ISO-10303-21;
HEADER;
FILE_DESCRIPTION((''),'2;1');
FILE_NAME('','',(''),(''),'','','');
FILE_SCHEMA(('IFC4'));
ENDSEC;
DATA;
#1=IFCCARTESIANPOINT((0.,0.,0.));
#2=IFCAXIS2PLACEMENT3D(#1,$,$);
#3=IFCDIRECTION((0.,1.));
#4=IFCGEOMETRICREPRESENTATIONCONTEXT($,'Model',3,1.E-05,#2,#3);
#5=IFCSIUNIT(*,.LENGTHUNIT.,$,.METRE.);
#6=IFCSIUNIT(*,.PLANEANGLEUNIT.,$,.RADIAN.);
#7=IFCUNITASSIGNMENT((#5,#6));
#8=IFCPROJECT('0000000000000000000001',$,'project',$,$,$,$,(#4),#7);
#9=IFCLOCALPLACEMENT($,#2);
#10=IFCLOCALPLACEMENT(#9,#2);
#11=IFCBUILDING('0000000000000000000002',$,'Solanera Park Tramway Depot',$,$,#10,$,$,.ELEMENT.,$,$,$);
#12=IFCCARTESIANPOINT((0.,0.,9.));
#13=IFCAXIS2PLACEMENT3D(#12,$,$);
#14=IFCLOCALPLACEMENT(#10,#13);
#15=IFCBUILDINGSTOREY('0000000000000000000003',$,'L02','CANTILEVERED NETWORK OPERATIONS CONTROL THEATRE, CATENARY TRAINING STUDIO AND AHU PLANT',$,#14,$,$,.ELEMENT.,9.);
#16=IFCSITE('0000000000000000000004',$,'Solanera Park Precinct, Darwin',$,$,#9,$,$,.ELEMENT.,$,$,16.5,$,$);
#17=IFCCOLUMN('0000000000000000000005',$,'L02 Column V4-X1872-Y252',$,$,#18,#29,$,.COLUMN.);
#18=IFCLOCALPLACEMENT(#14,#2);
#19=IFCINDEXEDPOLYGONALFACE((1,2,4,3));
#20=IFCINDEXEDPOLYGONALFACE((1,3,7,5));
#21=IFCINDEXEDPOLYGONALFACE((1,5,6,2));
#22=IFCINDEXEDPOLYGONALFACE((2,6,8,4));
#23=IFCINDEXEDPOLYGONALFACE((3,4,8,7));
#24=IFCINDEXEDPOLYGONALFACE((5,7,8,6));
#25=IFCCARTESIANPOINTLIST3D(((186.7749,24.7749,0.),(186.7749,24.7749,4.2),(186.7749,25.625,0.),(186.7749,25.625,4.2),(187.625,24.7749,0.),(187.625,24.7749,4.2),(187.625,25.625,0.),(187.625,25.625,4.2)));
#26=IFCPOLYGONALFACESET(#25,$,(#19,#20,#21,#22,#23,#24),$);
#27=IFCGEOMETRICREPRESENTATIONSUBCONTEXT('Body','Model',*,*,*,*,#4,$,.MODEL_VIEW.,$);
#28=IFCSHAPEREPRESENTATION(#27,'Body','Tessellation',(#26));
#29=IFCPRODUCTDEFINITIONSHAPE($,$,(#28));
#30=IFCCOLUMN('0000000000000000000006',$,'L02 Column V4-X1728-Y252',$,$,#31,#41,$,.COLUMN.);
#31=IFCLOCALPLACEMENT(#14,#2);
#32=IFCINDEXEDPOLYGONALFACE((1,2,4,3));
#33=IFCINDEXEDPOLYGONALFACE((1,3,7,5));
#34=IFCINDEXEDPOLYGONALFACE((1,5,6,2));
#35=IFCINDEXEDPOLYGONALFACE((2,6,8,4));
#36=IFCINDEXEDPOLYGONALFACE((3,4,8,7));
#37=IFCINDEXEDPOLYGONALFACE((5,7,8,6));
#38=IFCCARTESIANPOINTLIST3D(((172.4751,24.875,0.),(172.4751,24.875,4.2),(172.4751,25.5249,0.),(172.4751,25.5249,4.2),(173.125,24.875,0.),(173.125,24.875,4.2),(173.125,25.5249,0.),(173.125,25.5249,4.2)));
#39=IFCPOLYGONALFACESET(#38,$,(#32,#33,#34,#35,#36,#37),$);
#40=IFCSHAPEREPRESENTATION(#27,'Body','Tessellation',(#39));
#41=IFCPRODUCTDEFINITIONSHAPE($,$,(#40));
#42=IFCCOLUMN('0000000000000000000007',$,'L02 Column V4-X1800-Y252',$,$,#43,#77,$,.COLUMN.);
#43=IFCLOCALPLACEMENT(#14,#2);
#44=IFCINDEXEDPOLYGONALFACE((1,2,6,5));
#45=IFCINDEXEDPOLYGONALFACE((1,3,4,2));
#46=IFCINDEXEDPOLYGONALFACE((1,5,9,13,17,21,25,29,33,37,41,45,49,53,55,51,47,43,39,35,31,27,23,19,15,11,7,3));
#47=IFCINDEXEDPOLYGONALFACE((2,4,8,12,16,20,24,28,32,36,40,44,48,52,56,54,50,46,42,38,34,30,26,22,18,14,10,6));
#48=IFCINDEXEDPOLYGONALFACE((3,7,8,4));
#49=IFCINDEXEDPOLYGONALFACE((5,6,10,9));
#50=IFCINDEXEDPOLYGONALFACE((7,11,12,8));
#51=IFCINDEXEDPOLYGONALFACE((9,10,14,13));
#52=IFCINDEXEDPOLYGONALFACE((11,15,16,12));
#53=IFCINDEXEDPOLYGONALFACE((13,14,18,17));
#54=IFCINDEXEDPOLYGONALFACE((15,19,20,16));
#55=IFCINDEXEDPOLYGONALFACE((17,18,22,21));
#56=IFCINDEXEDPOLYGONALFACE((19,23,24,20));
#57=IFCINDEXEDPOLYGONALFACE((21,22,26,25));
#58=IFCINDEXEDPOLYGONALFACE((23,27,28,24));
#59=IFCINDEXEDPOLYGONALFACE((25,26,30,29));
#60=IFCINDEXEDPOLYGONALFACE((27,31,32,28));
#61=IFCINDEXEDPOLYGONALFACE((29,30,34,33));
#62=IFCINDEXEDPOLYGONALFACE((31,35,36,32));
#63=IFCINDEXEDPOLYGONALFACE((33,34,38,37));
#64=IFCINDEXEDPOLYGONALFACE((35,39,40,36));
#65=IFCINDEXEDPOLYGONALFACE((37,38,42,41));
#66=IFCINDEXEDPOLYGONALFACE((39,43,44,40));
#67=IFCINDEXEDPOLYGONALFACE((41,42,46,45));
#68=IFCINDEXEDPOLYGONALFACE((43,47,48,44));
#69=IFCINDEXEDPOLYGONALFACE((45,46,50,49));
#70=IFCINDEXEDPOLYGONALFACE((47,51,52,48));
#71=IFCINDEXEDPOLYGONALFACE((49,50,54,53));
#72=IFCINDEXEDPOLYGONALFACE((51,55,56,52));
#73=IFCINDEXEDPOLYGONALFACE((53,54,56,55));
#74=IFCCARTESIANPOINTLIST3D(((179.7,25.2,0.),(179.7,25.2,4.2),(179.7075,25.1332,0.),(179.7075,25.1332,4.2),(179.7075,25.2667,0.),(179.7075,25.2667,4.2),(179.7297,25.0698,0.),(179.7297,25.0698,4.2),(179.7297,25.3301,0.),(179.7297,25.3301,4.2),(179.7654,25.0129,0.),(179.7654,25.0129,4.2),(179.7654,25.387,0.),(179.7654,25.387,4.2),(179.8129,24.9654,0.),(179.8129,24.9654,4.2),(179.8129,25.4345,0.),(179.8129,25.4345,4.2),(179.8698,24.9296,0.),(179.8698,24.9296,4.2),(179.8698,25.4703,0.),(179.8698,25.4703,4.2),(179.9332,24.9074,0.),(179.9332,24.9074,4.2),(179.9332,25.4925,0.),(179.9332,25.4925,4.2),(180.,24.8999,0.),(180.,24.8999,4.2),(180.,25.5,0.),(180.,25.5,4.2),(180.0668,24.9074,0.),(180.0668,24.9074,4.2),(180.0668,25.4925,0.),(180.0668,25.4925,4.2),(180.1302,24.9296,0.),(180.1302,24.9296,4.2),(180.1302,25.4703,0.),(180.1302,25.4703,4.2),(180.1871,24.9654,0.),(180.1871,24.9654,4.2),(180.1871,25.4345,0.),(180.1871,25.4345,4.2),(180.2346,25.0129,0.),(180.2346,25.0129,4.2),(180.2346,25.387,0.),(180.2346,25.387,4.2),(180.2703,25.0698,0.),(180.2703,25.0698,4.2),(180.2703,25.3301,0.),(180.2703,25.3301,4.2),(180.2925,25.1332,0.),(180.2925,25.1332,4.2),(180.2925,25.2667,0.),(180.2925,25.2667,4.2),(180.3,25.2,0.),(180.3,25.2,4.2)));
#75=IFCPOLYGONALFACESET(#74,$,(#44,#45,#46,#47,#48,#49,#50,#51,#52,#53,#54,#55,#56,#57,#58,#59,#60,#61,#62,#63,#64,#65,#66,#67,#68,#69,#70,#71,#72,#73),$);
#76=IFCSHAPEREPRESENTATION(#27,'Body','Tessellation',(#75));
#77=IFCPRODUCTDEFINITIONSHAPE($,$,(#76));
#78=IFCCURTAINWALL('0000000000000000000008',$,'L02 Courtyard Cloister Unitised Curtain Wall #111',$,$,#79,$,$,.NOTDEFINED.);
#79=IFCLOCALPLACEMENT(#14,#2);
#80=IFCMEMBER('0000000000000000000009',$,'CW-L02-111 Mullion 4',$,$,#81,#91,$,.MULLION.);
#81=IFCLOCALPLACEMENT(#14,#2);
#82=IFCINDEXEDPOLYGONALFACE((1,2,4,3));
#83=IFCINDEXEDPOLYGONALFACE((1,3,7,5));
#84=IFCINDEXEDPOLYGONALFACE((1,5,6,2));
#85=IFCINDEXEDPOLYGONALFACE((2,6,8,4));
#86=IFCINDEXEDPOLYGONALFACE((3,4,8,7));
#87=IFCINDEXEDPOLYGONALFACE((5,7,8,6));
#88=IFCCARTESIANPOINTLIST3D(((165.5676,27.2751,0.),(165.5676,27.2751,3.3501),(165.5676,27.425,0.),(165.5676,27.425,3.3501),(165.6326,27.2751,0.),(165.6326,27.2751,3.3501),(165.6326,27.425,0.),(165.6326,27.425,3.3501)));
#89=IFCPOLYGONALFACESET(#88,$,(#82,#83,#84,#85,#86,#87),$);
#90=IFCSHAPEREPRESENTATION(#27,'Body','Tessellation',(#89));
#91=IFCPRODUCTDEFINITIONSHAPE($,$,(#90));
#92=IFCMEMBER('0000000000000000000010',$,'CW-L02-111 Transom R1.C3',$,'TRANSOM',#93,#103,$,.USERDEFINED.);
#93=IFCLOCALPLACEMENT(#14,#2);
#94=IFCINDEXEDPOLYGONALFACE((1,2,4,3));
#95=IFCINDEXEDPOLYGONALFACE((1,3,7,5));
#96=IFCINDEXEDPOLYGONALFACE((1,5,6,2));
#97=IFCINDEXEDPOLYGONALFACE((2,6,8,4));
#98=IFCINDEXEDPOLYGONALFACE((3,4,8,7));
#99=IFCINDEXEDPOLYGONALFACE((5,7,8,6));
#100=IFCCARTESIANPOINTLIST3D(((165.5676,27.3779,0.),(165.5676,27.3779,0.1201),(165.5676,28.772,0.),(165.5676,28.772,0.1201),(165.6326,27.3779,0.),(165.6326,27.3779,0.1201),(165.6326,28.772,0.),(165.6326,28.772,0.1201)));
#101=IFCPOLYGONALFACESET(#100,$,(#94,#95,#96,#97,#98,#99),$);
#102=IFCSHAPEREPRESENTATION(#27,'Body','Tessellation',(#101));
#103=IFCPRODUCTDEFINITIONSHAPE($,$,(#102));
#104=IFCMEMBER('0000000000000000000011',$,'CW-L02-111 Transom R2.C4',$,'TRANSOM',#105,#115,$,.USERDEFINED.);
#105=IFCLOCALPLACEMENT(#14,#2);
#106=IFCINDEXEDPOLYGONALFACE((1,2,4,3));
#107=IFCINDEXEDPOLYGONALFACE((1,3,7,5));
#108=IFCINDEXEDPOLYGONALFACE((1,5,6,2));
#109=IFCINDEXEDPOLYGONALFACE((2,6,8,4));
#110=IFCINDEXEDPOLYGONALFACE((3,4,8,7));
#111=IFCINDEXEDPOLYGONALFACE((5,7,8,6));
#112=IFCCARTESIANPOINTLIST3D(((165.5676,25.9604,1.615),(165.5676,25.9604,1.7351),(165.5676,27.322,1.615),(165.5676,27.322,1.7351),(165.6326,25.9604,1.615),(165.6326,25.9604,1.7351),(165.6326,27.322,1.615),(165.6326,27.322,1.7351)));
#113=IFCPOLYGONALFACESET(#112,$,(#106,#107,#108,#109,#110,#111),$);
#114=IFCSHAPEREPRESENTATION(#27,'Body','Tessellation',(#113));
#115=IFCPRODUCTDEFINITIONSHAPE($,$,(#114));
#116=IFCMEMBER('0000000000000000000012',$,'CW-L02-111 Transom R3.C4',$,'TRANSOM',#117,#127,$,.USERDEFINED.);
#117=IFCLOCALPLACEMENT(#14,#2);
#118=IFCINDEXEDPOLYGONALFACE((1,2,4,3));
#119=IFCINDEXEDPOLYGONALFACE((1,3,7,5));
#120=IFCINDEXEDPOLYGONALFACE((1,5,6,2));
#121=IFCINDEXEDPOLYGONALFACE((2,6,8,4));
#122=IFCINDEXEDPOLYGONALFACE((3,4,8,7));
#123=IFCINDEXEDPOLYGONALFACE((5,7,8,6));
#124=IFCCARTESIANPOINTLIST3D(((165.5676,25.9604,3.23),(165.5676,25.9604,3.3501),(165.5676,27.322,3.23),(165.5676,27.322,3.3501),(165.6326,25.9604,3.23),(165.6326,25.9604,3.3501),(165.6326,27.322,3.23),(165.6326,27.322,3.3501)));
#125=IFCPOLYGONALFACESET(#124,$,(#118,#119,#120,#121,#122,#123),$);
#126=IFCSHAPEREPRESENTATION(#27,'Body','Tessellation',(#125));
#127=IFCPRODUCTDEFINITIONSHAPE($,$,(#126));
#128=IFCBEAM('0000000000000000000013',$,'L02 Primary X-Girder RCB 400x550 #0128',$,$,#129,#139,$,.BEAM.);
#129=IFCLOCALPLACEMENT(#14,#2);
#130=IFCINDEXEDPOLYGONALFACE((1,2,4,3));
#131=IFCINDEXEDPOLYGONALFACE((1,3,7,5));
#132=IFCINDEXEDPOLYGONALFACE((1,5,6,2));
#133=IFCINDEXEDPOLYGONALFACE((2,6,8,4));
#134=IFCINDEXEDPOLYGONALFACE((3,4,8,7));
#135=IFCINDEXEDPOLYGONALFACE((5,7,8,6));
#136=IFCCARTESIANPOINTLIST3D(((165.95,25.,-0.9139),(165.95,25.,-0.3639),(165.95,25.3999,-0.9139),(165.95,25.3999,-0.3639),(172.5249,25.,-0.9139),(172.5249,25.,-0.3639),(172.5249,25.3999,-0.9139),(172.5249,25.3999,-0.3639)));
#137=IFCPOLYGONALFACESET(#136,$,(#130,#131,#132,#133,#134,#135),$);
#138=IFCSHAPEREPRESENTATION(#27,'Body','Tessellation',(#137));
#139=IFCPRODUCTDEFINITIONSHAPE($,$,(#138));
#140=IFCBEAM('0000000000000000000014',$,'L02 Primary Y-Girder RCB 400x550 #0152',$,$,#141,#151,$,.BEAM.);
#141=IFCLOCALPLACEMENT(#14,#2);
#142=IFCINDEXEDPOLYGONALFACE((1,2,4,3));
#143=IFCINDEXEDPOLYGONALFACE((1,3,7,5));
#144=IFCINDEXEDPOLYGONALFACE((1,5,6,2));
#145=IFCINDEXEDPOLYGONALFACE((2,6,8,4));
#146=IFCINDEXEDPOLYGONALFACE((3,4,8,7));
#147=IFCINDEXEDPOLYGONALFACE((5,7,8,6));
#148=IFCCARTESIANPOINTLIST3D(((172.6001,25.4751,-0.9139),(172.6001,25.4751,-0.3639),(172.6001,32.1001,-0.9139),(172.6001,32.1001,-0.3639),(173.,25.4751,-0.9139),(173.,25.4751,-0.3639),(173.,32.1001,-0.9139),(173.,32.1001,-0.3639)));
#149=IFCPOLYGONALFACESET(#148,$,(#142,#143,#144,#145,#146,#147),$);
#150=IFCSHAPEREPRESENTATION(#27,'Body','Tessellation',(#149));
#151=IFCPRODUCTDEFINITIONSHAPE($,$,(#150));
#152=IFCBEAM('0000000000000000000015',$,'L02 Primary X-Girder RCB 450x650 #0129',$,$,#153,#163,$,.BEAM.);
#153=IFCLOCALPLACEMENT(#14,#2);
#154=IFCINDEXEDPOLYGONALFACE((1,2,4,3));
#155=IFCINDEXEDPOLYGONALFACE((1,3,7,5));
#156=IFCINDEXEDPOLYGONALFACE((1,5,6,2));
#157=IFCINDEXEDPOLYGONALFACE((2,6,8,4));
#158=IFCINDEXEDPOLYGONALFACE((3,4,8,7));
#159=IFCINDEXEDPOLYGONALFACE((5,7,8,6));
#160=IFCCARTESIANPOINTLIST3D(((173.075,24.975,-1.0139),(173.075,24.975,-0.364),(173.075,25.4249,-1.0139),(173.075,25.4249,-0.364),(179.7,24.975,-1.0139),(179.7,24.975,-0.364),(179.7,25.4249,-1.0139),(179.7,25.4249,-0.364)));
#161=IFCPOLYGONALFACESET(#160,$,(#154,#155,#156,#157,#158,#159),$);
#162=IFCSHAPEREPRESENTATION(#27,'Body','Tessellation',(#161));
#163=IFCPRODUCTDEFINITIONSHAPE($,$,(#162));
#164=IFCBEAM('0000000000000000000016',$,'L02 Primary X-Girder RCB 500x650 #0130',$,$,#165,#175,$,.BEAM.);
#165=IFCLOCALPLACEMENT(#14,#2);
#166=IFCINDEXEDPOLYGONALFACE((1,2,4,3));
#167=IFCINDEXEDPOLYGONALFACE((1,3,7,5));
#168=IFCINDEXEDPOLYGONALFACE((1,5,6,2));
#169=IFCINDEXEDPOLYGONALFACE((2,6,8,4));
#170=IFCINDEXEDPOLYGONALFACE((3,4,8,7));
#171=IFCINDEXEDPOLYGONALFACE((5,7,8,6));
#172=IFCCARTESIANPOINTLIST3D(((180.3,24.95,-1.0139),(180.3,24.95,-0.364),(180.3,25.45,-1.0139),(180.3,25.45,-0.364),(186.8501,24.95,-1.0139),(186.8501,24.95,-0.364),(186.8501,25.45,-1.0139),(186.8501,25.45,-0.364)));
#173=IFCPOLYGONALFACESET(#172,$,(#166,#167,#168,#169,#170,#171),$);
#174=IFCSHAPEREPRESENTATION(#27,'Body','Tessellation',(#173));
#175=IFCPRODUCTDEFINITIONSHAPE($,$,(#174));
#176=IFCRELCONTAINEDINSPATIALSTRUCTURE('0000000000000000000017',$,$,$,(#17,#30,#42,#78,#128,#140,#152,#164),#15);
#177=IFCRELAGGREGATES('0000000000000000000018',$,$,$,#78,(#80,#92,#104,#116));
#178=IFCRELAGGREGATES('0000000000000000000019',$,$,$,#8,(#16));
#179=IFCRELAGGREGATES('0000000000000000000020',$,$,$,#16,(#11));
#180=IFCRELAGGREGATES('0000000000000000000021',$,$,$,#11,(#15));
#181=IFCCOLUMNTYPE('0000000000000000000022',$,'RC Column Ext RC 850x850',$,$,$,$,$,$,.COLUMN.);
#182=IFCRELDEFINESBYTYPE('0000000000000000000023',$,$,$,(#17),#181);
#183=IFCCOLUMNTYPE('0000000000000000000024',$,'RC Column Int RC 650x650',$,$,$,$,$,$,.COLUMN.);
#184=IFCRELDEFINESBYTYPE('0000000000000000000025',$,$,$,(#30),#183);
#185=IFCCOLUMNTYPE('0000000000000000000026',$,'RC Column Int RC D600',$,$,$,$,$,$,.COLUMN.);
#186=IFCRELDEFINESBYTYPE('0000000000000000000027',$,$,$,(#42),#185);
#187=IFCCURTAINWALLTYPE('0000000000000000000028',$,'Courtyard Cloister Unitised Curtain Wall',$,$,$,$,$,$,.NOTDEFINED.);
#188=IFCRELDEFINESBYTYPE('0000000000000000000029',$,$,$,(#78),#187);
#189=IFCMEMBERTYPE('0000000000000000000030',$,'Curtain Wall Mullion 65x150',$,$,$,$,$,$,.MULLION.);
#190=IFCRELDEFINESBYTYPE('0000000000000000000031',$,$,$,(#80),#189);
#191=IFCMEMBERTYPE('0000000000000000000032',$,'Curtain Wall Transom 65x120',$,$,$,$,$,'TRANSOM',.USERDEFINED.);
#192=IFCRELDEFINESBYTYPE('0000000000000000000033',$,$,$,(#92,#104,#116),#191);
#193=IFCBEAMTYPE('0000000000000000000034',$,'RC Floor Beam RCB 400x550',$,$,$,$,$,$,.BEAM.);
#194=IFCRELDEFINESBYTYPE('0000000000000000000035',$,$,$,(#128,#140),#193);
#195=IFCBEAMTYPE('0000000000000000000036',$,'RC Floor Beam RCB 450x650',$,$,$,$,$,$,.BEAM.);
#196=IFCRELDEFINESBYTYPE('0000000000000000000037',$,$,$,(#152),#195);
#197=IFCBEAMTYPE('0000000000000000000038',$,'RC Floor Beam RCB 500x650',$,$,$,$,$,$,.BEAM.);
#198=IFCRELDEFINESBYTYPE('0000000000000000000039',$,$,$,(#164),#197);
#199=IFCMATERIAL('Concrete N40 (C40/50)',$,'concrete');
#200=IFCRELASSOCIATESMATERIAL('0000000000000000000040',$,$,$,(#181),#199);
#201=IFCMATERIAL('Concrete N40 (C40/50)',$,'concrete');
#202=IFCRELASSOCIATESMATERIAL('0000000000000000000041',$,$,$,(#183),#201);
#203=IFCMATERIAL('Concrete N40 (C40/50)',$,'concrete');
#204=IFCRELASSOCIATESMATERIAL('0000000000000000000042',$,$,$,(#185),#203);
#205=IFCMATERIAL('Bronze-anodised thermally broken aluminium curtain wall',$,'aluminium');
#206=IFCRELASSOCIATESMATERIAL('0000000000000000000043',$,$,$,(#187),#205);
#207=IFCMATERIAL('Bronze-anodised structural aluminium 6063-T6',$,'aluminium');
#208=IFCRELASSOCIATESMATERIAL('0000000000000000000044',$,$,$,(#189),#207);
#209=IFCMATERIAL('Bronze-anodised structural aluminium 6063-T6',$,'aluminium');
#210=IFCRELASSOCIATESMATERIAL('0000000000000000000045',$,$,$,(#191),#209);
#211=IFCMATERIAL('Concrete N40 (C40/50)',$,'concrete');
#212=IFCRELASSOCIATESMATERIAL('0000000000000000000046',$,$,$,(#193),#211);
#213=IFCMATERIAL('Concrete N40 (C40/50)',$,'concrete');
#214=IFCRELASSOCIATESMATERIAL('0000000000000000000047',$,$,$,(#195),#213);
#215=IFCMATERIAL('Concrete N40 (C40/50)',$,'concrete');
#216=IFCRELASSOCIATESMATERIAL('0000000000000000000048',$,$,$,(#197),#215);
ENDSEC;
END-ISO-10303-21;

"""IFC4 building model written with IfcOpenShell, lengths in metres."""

from ifc_helpers import new_model, si_unit, direction, frame, origin, origin_2d, place, context, subcontext, project, spatial, rectangle, circle, extrude, material, material_profile, profile_set, type_object, element, aggregate, save


model = new_model("IFC4")

# Units and contexts
model_context = context("Model", 3, precision=1e-05, world=origin(), true_north=direction((0.0, 1.0)))
body_context = subcontext(model_context, "Body", "Model", "MODEL_VIEW")
ifc_project = project(units=[si_unit("LENGTHUNIT", "METRE"), si_unit("PLANEANGLEUNIT", "RADIAN")], contexts=[model_context])

# Site, building, storey
site_placement = place(None, origin())
site = spatial("IfcSite", under=ifc_project, at=site_placement, Name="Solanera Park Precinct, Darwin", CompositionType="ELEMENT", RefElevation=16.5)
building_placement = place(site_placement, origin())
building = spatial("IfcBuilding", under=site, at=building_placement, Name="Solanera Park Tramway Depot", CompositionType="ELEMENT")
storey_placement = place(building_placement, frame((0.0, 0.0, 9.0)))
storey = spatial("IfcBuildingStorey", under=building, at=storey_placement, Name="L02", Description="CANTILEVERED NETWORK OPERATIONS CONTROL THEATRE, CATENARY TRAINING STUDIO AND AHU PLANT", CompositionType="ELEMENT", Elevation=9.0)

# Columns
ifc_material_1 = material(Name="Concrete N40 (C40/50)", Category="concrete")
ifc_material_profile_1 = material_profile(ifc_material_1, rectangle(XDim=0.8501, YDim=0.8501, at=origin_2d()), Name="RC 850x850")
ifc_profile_set_1 = profile_set([ifc_material_profile_1], Name="Concrete N40 (C40/50)")
column_type_1 = type_object("IfcColumnType", Name="RC Column Ext RC 850x850", PredefinedType="COLUMN", material=ifc_profile_set_1)
column_1_placement = place(storey_placement, frame((187.2, 25.2, 0.0), z_axis=(0.0, 0.0, 1.0), x_axis=(1.0, 0.0, 0.0)))
element("IfcColumn", 1, at=column_1_placement, inside=storey, type_object=column_type_1, Name="L02 Column V4-X1872-Y252", PredefinedType="COLUMN", context=body_context, shape_type="SweptSolid", body=[
    extrude(rectangle(XDim=0.8501, YDim=0.8501, at=origin_2d()), origin(), (0.0, 0.0, 1.0), 4.2),
])
ifc_material_2 = material(Name="Concrete N40 (C40/50)", Category="concrete")
ifc_material_profile_2 = material_profile(ifc_material_2, rectangle(XDim=0.6499, YDim=0.6499, at=origin_2d()), Name="RC 650x650")
ifc_profile_set_2 = profile_set([ifc_material_profile_2], Name="Concrete N40 (C40/50)")
column_type_2 = type_object("IfcColumnType", Name="RC Column Int RC 650x650", PredefinedType="COLUMN", material=ifc_profile_set_2)
column_2_placement = place(storey_placement, frame((172.8, 25.2, 0.0), z_axis=(0.0, 0.0, 1.0), x_axis=(1.0, 0.0, 0.0)))
element("IfcColumn", 2, at=column_2_placement, inside=storey, type_object=column_type_2, Name="L02 Column V4-X1728-Y252", PredefinedType="COLUMN", context=body_context, shape_type="SweptSolid", body=[
    extrude(rectangle(XDim=0.6499, YDim=0.6499, at=origin_2d()), origin(), (0.0, 0.0, 1.0), 4.2),
])
ifc_material_3 = material(Name="Concrete N40 (C40/50)", Category="concrete")
ifc_material_profile_3 = material_profile(ifc_material_3, circle(Radius=0.3, at=origin_2d()), Name="RC D600")
ifc_profile_set_3 = profile_set([ifc_material_profile_3], Name="Concrete N40 (C40/50)")
column_type_3 = type_object("IfcColumnType", Name="RC Column Int RC D600", PredefinedType="COLUMN", material=ifc_profile_set_3)
column_3_placement = place(storey_placement, frame((180.0, 25.2, 0.0), z_axis=(0.0, 0.0, 1.0), x_axis=(1.0, 0.0, 0.0)))
element("IfcColumn", 3, at=column_3_placement, inside=storey, type_object=column_type_3, Name="L02 Column V4-X1800-Y252", PredefinedType="COLUMN", context=body_context, shape_type="SweptSolid", body=[
    extrude(circle(Radius=0.3, at=origin_2d()), origin(), (0.0, 0.0, 1.0), 4.2),
])

# Curtain wall, members
ifc_material_4 = material(Name="Bronze-anodised thermally broken aluminium curtain wall", Category="aluminium")
curtain_wall_type = type_object("IfcCurtainWallType", Name="Courtyard Cloister Unitised Curtain Wall", PredefinedType="NOTDEFINED", material=ifc_material_4)
curtain_wall_placement = place(storey_placement, origin())
curtain_wall = element("IfcCurtainWall", 4, at=curtain_wall_placement, inside=storey, type_object=curtain_wall_type, Name="L02 Courtyard Cloister Unitised Curtain Wall #111", PredefinedType="NOTDEFINED")
ifc_material_5 = material(Name="Bronze-anodised structural aluminium 6063-T6", Category="aluminium")
ifc_material_profile_4 = material_profile(ifc_material_5, rectangle(XDim=0.0649, YDim=0.1499, at=origin_2d()), Name="Curtain Wall Mullion 65x150")
ifc_profile_set_4 = profile_set([ifc_material_profile_4], Name="Bronze-anodised structural aluminium 6063-T6")
member_type_1 = type_object("IfcMemberType", Name="Curtain Wall Mullion 65x150", PredefinedType="MULLION", material=ifc_profile_set_4)
member_1_placement = place(storey_placement, frame((165.6001, 27.3501, 0.0), z_axis=(0.0, 0.0, 1.0), x_axis=(1.0, 0.0, 0.0)))
member_1 = element("IfcMember", 5, at=member_1_placement, type_object=member_type_1, Name="CW-L02-111 Mullion 4", PredefinedType="MULLION", context=body_context, shape_type="SweptSolid", body=[
    extrude(rectangle(XDim=0.0649, YDim=0.1499, at=origin_2d()), origin(), (0.0, 0.0, 1.0), 3.3501),
])
ifc_material_6 = material(Name="Bronze-anodised structural aluminium 6063-T6", Category="aluminium")
ifc_material_profile_5 = material_profile(ifc_material_6, rectangle(XDim=0.0649, YDim=0.1201, at=origin_2d()), Name="Curtain Wall Transom 65x120")
ifc_profile_set_5 = profile_set([ifc_material_profile_5], Name="Bronze-anodised structural aluminium 6063-T6")
member_type_2 = type_object("IfcMemberType", Name="Curtain Wall Transom 65x120", ElementType="TRANSOM", PredefinedType="USERDEFINED", material=ifc_profile_set_5)
member_2_placement = place(storey_placement, frame((165.6001, 28.772, 0.0601), z_axis=(0.0, -1.0, 0.0), x_axis=(1.0, 0.0, 0.0)))
member_2 = element("IfcMember", 6, at=member_2_placement, type_object=member_type_2, Name="CW-L02-111 Transom R1.C3", ObjectType="TRANSOM", PredefinedType="USERDEFINED", context=body_context, shape_type="SweptSolid", body=[
    extrude(rectangle(XDim=0.0649, YDim=0.1201, at=origin_2d()), origin(), (0.0, 0.0, 1.0), 1.394),
])
member_3_placement = place(storey_placement, frame((165.6001, 27.322, 1.675), z_axis=(0.0, -1.0, 0.0), x_axis=(1.0, 0.0, 0.0)))
member_3 = element("IfcMember", 7, at=member_3_placement, type_object=member_type_2, Name="CW-L02-111 Transom R2.C4", ObjectType="TRANSOM", PredefinedType="USERDEFINED", context=body_context, shape_type="SweptSolid", body=[
    extrude(rectangle(XDim=0.0649, YDim=0.1201, at=origin_2d()), origin(), (0.0, 0.0, 1.0), 1.3616),
])
member_4_placement = place(storey_placement, frame((165.6001, 27.322, 3.29), z_axis=(0.0, -1.0, 0.0), x_axis=(1.0, 0.0, 0.0)))
member_4 = element("IfcMember", 8, at=member_4_placement, type_object=member_type_2, Name="CW-L02-111 Transom R3.C4", ObjectType="TRANSOM", PredefinedType="USERDEFINED", context=body_context, shape_type="SweptSolid", body=[
    extrude(rectangle(XDim=0.0649, YDim=0.1201, at=origin_2d()), origin(), (0.0, 0.0, 1.0), 1.3616),
])

# Beams
ifc_material_7 = material(Name="Concrete N40 (C40/50)", Category="concrete")
ifc_material_profile_6 = material_profile(ifc_material_7, rectangle(XDim=0.3999, YDim=0.55, at=origin_2d()), Name="RCB 400x550")
ifc_profile_set_6 = profile_set([ifc_material_profile_6], Name="Concrete N40 (C40/50)")
beam_type_1 = type_object("IfcBeamType", Name="RC Floor Beam RCB 400x550", PredefinedType="BEAM", material=ifc_profile_set_6)
beam_1_placement = place(storey_placement, frame((165.95, 25.2, -0.6389), z_axis=(1.0, 0.0, 0.0), x_axis=(0.0, 1.0, 0.0)))
element("IfcBeam", 9, at=beam_1_placement, inside=storey, type_object=beam_type_1, Name="L02 Primary X-Girder RCB 400x550 #0128", PredefinedType="BEAM", context=body_context, shape_type="SweptSolid", body=[
    extrude(rectangle(XDim=0.3999, YDim=0.55, at=origin_2d()), origin(), (0.0, 0.0, 1.0), 6.575),
])
beam_2_placement = place(storey_placement, frame((172.8, 25.4751, -0.6389), z_axis=(0.0, 1.0, 0.0), x_axis=(-1.0, 0.0, 0.0)))
element("IfcBeam", 10, at=beam_2_placement, inside=storey, type_object=beam_type_1, Name="L02 Primary Y-Girder RCB 400x550 #0152", PredefinedType="BEAM", context=body_context, shape_type="SweptSolid", body=[
    extrude(rectangle(XDim=0.3999, YDim=0.55, at=origin_2d()), origin(), (0.0, 0.0, 1.0), 6.625),
])
ifc_material_8 = material(Name="Concrete N40 (C40/50)", Category="concrete")
ifc_material_profile_7 = material_profile(ifc_material_8, rectangle(XDim=0.45, YDim=0.6499, at=origin_2d()), Name="RCB 450x650")
ifc_profile_set_7 = profile_set([ifc_material_profile_7], Name="Concrete N40 (C40/50)")
beam_type_2 = type_object("IfcBeamType", Name="RC Floor Beam RCB 450x650", PredefinedType="BEAM", material=ifc_profile_set_7)
beam_3_placement = place(storey_placement, frame((173.075, 25.2, -0.689), z_axis=(1.0, 0.0, 0.0), x_axis=(0.0, 1.0, 0.0)))
element("IfcBeam", 11, at=beam_3_placement, inside=storey, type_object=beam_type_2, Name="L02 Primary X-Girder RCB 450x650 #0129", PredefinedType="BEAM", context=body_context, shape_type="SweptSolid", body=[
    extrude(rectangle(XDim=0.45, YDim=0.6499, at=origin_2d()), origin(), (0.0, 0.0, 1.0), 6.625),
])
ifc_material_9 = material(Name="Concrete N40 (C40/50)", Category="concrete")
ifc_material_profile_8 = material_profile(ifc_material_9, rectangle(XDim=0.5, YDim=0.6499, at=origin_2d()), Name="RCB 500x650")
ifc_profile_set_8 = profile_set([ifc_material_profile_8], Name="Concrete N40 (C40/50)")
beam_type_3 = type_object("IfcBeamType", Name="RC Floor Beam RCB 500x650", PredefinedType="BEAM", material=ifc_profile_set_8)
beam_4_placement = place(storey_placement, frame((180.3, 25.2, -0.689), z_axis=(1.0, 0.0, 0.0), x_axis=(0.0, 1.0, 0.0)))
element("IfcBeam", 12, at=beam_4_placement, inside=storey, type_object=beam_type_3, Name="L02 Primary X-Girder RCB 500x650 #0130", PredefinedType="BEAM", context=body_context, shape_type="SweptSolid", body=[
    extrude(rectangle(XDim=0.5, YDim=0.6499, at=origin_2d()), origin(), (0.0, 0.0, 1.0), 6.55),
])

aggregate(curtain_wall, [member_1, member_2, member_3, member_4])

save(model, "model.ifc")
